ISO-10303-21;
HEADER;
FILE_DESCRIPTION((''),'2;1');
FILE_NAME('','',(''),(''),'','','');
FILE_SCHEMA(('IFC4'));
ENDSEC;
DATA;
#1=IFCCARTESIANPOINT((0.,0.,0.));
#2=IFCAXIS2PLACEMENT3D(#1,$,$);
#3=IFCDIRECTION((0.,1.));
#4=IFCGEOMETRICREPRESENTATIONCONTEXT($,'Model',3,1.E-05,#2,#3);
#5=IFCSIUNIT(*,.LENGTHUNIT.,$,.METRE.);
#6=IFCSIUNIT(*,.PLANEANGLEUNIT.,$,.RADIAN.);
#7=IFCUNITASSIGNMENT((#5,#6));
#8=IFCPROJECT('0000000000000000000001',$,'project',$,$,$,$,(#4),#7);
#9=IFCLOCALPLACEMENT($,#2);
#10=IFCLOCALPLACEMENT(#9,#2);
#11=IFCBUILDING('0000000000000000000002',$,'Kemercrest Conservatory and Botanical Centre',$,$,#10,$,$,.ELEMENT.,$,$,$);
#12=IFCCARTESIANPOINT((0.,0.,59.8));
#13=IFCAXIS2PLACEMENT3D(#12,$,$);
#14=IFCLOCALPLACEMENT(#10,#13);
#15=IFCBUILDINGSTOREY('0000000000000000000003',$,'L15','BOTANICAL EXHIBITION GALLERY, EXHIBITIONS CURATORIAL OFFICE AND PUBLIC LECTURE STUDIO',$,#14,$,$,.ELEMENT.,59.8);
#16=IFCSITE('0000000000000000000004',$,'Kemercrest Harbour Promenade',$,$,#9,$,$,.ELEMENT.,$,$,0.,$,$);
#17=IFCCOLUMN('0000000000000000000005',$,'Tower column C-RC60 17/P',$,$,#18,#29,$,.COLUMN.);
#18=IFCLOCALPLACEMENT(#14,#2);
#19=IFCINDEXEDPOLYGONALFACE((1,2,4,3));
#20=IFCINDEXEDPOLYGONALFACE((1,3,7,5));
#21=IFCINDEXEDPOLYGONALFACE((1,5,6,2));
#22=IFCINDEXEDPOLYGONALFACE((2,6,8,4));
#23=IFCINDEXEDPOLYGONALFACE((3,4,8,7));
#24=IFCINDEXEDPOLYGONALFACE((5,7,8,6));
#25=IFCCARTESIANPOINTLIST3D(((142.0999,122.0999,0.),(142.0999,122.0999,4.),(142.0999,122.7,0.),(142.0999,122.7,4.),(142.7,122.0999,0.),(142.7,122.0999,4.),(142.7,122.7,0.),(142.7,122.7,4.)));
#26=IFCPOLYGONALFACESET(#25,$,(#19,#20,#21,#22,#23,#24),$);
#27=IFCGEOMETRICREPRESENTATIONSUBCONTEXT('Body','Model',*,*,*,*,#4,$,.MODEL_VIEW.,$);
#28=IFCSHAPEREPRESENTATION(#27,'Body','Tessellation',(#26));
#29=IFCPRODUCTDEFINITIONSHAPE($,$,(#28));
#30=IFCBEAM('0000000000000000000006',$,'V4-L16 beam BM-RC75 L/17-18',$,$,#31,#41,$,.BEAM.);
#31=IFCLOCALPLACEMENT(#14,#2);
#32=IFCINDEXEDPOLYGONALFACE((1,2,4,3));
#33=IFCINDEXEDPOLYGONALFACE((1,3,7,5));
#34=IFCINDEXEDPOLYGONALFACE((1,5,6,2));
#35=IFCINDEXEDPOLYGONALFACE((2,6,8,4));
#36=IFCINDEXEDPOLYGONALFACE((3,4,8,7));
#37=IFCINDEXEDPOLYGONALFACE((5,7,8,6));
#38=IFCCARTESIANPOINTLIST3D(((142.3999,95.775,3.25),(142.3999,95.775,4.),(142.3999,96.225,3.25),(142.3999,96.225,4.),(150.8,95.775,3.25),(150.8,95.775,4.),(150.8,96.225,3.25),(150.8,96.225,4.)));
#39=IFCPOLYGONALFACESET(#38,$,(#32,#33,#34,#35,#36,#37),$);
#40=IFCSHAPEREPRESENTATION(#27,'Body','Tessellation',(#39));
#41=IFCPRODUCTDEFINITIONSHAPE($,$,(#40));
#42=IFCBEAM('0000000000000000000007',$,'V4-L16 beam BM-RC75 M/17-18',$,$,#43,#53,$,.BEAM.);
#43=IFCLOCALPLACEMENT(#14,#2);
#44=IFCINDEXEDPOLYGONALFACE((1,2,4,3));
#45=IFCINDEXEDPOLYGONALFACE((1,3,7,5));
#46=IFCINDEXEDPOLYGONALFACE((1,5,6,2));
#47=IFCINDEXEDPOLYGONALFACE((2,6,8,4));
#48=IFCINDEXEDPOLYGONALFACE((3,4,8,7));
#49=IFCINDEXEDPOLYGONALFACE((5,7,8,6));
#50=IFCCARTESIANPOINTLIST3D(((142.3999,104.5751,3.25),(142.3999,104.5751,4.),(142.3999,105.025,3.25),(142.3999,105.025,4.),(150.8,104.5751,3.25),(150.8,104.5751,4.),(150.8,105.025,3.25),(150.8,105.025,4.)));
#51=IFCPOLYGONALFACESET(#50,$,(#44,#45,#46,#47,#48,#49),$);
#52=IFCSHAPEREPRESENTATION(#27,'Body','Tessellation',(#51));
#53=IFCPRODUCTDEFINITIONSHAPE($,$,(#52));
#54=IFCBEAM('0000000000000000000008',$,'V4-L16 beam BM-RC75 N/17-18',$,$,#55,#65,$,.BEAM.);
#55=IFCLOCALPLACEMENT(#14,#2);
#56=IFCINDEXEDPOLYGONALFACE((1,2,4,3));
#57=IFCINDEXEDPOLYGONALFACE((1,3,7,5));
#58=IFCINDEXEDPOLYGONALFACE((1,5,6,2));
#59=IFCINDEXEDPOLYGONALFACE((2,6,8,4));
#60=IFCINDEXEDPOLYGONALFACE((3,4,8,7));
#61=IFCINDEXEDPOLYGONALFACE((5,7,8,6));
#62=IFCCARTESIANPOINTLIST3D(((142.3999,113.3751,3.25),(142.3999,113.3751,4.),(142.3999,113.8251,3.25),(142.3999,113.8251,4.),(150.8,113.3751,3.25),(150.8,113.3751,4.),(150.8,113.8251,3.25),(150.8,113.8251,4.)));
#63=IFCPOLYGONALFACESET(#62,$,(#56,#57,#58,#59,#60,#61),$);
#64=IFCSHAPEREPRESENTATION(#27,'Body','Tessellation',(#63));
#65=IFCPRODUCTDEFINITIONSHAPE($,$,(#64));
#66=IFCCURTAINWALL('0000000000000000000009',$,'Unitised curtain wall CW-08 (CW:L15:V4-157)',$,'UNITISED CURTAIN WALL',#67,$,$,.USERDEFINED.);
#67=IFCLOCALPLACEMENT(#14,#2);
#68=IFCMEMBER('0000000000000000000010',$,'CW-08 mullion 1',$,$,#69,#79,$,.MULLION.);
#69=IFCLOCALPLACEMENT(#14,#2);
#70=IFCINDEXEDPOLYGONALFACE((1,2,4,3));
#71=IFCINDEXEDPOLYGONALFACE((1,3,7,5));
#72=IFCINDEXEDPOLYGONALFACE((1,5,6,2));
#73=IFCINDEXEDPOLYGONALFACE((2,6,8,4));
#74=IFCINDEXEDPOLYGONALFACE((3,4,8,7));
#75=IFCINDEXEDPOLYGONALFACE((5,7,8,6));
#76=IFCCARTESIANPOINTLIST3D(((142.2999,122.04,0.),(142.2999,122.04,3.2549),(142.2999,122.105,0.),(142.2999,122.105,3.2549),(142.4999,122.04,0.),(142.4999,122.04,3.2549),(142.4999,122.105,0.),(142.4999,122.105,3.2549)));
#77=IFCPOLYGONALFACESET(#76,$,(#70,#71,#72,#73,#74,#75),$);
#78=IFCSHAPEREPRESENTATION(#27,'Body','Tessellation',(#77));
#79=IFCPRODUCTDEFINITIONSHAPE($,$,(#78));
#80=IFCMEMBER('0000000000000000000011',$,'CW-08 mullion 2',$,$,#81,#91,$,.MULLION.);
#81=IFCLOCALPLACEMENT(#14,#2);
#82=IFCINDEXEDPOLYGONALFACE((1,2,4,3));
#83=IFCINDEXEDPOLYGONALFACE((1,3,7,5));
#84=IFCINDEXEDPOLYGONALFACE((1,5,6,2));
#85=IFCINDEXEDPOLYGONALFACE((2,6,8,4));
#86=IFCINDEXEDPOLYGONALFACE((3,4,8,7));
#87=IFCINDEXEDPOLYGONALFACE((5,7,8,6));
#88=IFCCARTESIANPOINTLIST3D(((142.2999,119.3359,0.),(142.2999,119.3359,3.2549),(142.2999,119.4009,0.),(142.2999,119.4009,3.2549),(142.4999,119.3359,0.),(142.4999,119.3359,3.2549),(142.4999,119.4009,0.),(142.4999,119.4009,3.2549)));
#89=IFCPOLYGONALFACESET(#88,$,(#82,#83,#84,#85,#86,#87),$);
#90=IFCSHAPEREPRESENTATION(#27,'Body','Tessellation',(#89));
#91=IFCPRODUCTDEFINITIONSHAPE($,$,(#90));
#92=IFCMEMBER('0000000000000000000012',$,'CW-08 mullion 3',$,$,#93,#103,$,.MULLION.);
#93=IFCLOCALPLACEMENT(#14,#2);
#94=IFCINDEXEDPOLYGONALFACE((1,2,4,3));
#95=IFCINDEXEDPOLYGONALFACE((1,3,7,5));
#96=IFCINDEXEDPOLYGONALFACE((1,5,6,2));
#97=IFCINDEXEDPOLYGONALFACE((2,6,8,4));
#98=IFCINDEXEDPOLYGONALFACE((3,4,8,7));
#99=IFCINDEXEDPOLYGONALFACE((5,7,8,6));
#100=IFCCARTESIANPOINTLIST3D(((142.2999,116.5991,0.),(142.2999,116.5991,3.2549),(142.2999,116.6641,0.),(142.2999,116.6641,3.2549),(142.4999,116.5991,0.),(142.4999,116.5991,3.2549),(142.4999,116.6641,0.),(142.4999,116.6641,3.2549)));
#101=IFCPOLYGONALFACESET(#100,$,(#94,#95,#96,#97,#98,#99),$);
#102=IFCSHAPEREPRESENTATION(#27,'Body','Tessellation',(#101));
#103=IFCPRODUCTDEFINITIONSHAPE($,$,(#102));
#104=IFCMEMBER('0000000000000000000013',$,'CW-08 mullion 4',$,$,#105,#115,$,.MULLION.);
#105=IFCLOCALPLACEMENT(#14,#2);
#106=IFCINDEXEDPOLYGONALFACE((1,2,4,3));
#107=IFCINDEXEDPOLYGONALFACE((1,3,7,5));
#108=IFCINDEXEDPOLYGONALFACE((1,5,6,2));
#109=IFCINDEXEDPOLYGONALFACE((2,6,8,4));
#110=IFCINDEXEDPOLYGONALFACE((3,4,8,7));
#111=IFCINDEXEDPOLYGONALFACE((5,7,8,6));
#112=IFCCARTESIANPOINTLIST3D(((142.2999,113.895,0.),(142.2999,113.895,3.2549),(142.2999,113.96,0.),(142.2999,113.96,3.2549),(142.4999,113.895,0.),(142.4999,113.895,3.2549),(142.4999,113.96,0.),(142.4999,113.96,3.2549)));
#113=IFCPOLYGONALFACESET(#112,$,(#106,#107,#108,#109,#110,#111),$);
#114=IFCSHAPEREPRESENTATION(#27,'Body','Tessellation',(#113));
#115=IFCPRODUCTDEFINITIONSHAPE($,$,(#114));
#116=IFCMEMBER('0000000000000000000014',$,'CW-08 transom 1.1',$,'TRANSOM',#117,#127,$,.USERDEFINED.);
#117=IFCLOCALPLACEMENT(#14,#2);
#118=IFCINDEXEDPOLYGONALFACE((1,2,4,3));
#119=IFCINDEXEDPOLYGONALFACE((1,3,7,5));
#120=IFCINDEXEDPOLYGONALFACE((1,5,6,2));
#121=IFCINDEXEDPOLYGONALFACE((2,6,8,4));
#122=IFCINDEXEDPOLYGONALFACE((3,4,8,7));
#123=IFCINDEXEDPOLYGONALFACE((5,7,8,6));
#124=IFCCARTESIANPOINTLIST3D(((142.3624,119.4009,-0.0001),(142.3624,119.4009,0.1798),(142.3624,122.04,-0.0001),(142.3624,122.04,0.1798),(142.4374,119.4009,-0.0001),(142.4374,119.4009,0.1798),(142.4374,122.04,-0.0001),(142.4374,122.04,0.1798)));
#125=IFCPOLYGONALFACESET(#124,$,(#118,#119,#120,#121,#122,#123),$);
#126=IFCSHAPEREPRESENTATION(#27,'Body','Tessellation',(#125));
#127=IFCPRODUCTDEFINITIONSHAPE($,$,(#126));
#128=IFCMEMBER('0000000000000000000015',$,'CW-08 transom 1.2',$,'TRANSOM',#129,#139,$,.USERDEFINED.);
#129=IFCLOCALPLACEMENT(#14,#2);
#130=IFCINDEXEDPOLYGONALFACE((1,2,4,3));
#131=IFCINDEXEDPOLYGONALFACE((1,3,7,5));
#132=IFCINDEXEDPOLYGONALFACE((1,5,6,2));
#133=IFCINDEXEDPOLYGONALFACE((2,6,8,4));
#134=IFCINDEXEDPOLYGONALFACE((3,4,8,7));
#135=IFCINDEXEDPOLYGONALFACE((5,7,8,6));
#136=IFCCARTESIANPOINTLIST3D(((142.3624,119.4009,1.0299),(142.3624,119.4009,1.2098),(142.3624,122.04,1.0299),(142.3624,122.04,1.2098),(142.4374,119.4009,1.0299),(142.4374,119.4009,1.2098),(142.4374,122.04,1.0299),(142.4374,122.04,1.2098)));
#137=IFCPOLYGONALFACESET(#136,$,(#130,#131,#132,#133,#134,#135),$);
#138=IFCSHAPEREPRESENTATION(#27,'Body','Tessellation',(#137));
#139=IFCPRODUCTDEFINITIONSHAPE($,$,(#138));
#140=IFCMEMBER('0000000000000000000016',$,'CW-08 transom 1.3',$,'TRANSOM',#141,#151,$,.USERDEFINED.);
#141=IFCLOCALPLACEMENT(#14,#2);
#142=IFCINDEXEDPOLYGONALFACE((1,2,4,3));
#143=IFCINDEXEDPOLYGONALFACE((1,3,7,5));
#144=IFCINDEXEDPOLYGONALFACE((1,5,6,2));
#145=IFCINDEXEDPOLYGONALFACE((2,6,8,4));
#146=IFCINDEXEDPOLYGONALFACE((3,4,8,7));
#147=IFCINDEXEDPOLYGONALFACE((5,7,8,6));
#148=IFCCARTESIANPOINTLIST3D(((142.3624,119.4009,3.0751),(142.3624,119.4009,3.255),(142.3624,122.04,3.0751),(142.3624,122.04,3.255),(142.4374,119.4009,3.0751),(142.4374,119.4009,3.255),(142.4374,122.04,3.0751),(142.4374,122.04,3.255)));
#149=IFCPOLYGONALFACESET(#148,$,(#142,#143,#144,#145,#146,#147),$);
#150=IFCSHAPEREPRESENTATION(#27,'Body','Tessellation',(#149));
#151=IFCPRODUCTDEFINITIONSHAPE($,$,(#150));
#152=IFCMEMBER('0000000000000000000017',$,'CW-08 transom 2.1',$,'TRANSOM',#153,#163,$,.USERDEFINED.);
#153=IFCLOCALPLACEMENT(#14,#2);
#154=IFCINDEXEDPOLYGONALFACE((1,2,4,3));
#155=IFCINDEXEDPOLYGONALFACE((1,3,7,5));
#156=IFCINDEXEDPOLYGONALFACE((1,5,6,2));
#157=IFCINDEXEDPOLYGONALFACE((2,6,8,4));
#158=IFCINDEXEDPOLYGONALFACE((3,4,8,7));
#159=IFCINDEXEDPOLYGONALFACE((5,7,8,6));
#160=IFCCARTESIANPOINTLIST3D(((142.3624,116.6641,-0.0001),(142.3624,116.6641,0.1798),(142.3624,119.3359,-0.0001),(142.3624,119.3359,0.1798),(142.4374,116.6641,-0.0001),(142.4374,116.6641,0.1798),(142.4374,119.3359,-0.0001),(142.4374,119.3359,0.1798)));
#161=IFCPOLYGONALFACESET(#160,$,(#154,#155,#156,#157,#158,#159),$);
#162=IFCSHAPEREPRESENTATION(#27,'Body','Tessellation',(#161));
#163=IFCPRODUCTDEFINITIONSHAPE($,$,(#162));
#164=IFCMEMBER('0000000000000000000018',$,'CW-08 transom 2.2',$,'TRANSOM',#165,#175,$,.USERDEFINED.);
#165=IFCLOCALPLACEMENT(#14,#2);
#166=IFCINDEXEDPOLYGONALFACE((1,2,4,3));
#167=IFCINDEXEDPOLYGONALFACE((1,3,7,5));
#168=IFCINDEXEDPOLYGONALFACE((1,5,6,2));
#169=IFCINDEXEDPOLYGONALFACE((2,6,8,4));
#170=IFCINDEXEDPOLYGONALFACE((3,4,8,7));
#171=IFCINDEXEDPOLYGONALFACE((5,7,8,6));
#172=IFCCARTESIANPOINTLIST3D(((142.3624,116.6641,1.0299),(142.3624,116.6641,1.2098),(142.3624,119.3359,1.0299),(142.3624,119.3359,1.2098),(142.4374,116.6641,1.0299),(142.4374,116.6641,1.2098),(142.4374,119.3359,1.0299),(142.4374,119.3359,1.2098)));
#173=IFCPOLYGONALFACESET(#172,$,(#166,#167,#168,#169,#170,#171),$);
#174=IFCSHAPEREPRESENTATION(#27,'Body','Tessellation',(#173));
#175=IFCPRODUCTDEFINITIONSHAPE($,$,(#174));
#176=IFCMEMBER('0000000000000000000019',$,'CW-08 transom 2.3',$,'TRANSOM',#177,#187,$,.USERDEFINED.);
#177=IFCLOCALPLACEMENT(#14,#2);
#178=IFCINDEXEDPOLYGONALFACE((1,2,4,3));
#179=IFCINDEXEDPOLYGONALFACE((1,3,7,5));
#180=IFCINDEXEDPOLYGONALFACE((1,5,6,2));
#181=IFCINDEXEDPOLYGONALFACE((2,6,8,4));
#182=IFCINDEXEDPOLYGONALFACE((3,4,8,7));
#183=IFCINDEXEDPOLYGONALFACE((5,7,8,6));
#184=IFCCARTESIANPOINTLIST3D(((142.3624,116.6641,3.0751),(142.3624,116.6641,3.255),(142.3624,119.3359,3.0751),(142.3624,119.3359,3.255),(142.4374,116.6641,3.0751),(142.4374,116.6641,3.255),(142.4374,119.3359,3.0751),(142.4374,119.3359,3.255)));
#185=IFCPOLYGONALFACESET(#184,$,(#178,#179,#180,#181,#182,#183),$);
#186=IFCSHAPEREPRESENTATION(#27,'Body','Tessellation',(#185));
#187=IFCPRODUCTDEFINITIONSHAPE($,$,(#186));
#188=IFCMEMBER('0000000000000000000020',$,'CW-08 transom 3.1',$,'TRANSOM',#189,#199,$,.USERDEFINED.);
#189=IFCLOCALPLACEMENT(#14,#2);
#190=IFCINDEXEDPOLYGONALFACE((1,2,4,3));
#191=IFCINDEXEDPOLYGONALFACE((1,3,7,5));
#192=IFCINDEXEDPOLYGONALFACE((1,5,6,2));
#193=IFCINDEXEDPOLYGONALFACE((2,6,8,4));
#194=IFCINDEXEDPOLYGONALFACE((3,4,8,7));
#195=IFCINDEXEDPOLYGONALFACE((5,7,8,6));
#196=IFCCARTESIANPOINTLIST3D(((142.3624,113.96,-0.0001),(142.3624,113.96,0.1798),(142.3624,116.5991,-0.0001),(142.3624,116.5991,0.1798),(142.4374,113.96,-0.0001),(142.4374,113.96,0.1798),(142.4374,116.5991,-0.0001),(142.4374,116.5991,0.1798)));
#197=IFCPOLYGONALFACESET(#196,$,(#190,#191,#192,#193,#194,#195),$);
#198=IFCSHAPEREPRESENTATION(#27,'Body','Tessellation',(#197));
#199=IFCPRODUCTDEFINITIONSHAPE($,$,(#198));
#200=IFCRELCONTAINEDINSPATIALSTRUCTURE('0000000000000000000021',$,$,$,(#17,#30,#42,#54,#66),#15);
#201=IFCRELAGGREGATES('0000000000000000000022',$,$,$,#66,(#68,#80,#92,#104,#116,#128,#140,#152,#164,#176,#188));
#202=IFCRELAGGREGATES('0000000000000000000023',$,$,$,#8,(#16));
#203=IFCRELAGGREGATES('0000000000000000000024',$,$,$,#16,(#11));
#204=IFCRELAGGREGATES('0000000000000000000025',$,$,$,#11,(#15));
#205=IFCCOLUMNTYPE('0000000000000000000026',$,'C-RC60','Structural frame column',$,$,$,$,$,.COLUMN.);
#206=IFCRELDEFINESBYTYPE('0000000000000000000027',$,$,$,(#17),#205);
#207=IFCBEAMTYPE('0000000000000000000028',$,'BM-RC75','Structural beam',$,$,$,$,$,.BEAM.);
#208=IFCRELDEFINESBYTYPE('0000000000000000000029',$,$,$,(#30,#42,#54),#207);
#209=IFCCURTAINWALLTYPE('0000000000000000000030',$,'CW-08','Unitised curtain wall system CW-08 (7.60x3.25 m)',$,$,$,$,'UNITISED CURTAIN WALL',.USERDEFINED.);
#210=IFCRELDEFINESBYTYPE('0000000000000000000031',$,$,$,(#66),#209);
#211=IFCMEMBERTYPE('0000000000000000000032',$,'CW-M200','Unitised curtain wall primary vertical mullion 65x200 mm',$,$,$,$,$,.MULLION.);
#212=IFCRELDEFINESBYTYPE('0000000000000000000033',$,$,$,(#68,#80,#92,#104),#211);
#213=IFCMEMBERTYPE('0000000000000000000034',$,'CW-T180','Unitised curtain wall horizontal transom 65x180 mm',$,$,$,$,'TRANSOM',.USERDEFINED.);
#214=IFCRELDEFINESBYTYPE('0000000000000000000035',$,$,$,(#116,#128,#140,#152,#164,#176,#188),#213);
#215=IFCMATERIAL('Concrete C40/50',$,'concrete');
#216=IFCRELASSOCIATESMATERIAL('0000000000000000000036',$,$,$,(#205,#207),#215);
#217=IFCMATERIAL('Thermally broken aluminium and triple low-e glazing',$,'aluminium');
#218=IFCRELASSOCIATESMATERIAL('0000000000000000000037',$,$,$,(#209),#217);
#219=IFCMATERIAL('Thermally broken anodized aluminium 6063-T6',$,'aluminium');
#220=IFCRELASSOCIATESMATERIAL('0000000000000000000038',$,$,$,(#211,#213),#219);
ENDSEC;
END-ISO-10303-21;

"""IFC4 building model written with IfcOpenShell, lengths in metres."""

from ifc_helpers import new_model, si_unit, direction, frame, origin, origin_2d, place, context, subcontext, project, spatial, rectangle, extrude, material, material_profile, profile_set, type_object, element, aggregate, save


model = new_model("IFC4")

# Units and contexts
model_context = context("Model", 3, precision=1e-05, world=origin(), true_north=direction((0.0, 1.0)))
body_context = subcontext(model_context, "Body", "Model", "MODEL_VIEW")
ifc_project = project(units=[si_unit("LENGTHUNIT", "METRE"), si_unit("PLANEANGLEUNIT", "RADIAN")], contexts=[model_context])

# Site, building, storey
site_placement = place(None, origin())
site = spatial("IfcSite", under=ifc_project, at=site_placement, Name="Kemercrest Harbour Promenade", CompositionType="ELEMENT", RefElevation=0.0)
building_placement = place(site_placement, origin())
building = spatial("IfcBuilding", under=site, at=building_placement, Name="Kemercrest Conservatory and Botanical Centre", CompositionType="ELEMENT")
storey_placement = place(building_placement, frame((0.0, 0.0, 59.8)))
storey = spatial("IfcBuildingStorey", under=building, at=storey_placement, Name="L15", Description="BOTANICAL EXHIBITION GALLERY, EXHIBITIONS CURATORIAL OFFICE AND PUBLIC LECTURE STUDIO", CompositionType="ELEMENT", Elevation=59.8)

# Column
ifc_material_1 = material(Name="Concrete C40/50", Category="concrete")
ifc_material_profile_1 = material_profile(ifc_material_1, rectangle(XDim=0.6001, YDim=0.6001, at=origin_2d()), Name="RC 600x600")
ifc_profile_set_1 = profile_set([ifc_material_profile_1], Name="Concrete C40/50")
column_type = type_object("IfcColumnType", Name="C-RC60", Description="Structural frame column", PredefinedType="COLUMN", material=ifc_profile_set_1)
column_placement = place(storey_placement, frame((142.3999, 122.3999, 0.0), z_axis=(0.0, 0.0, 1.0), x_axis=(1.0, 0.0, 0.0)))
element("IfcColumn", 1, at=column_placement, inside=storey, type_object=column_type, Name="Tower column C-RC60 17/P", PredefinedType="COLUMN", context=body_context, shape_type="SweptSolid", body=[
    extrude(rectangle(XDim=0.6001, YDim=0.6001, at=origin_2d()), origin(), (0.0, 0.0, 1.0), 4.0),
])

# Beams
ifc_material_profile_2 = material_profile(ifc_material_1, rectangle(XDim=0.45, YDim=0.75, at=origin_2d()), Name="RC 450x750")
ifc_profile_set_2 = profile_set([ifc_material_profile_2], Name="Concrete C40/50")
beam_type_1 = type_object("IfcBeamType", Name="BM-RC75", Description="Structural beam", PredefinedType="BEAM", material=ifc_profile_set_2)
for number, where, z_axis, x_axis, name in (
    (2, (142.3999, 96.0, 3.625), (1.0, 0.0, 0.0), (0.0, 1.0, 0.0), "V4-L16 beam BM-RC75 L/17-18"),
    (3, (142.3999, 104.8, 3.625), (1.0, 0.0, 0.0), (0.0, 1.0, 0.0), "V4-L16 beam BM-RC75 M/17-18"),
    (4, (142.3999, 113.6001, 3.625), (1.0, 0.0, 0.0), (0.0, 1.0, 0.0), "V4-L16 beam BM-RC75 N/17-18"),
):
    element("IfcBeam", number, at=place(storey_placement, frame(where, z_axis=z_axis, x_axis=x_axis)), inside=storey, type_object=beam_type_1, Name=name, PredefinedType="BEAM", context=body_context, shape_type="SweptSolid", body=[
        extrude(rectangle(XDim=0.45, YDim=0.75, at=origin_2d()), origin(), (0.0, 0.0, 1.0), 8.4001),
    ])

# Curtain wall, members
ifc_material_2 = material(Name="Thermally broken aluminium and triple low-e glazing", Category="aluminium")
curtain_wall_type = type_object("IfcCurtainWallType", Name="CW-08", Description="Unitised curtain wall system CW-08 (7.60x3.25 m)", ElementType="UNITISED CURTAIN WALL", PredefinedType="USERDEFINED", material=ifc_material_2)
curtain_wall_placement = place(storey_placement, origin())
curtain_wall = element("IfcCurtainWall", 5, at=curtain_wall_placement, inside=storey, type_object=curtain_wall_type, Name="Unitised curtain wall CW-08 (CW:L15:V4-157)", ObjectType="UNITISED CURTAIN WALL", PredefinedType="USERDEFINED")
ifc_material_3 = material(Name="Thermally broken anodized aluminium 6063-T6", Category="aluminium")
ifc_material_profile_3 = material_profile(ifc_material_3, rectangle(XDim=0.2, YDim=0.0649, at=origin_2d()), Name="AL MULLION 65x200")
ifc_profile_set_3 = profile_set([ifc_material_profile_3], Name="Thermally broken anodized aluminium 6063-T6")
member_type_1 = type_object("IfcMemberType", Name="CW-M200", Description="Unitised curtain wall primary vertical mullion 65x200 mm", PredefinedType="MULLION", material=ifc_profile_set_3)
member_1_placement = place(storey_placement, frame((142.3999, 122.0725, 0.0), z_axis=(0.0, 0.0, 1.0), x_axis=(1.0, 0.0, 0.0)))
member_1 = element("IfcMember", 6, at=member_1_placement, type_object=member_type_1, Name="CW-08 mullion 1", PredefinedType="MULLION", context=body_context, shape_type="SweptSolid", body=[
    extrude(rectangle(XDim=0.2, YDim=0.0649, at=origin_2d()), origin(), (0.0, 0.0, 1.0), 3.2549),
])
member_2_placement = place(storey_placement, frame((142.3999, 119.3684, 0.0), z_axis=(0.0, 0.0, 1.0), x_axis=(1.0, 0.0, 0.0)))
member_2 = element("IfcMember", 7, at=member_2_placement, type_object=member_type_1, Name="CW-08 mullion 2", PredefinedType="MULLION", context=body_context, shape_type="SweptSolid", body=[
    extrude(rectangle(XDim=0.2, YDim=0.0649, at=origin_2d()), origin(), (0.0, 0.0, 1.0), 3.2549),
])
member_3_placement = place(storey_placement, frame((142.3999, 116.6316, 0.0), z_axis=(0.0, 0.0, 1.0), x_axis=(1.0, 0.0, 0.0)))
member_3 = element("IfcMember", 8, at=member_3_placement, type_object=member_type_1, Name="CW-08 mullion 3", PredefinedType="MULLION", context=body_context, shape_type="SweptSolid", body=[
    extrude(rectangle(XDim=0.2, YDim=0.0649, at=origin_2d()), origin(), (0.0, 0.0, 1.0), 3.2549),
])
member_4_placement = place(storey_placement, frame((142.3999, 113.9275, 0.0), z_axis=(0.0, 0.0, 1.0), x_axis=(1.0, 0.0, 0.0)))
member_4 = element("IfcMember", 9, at=member_4_placement, type_object=member_type_1, Name="CW-08 mullion 4", PredefinedType="MULLION", context=body_context, shape_type="SweptSolid", body=[
    extrude(rectangle(XDim=0.2, YDim=0.0649, at=origin_2d()), origin(), (0.0, 0.0, 1.0), 3.2549),
])
ifc_material_profile_4 = material_profile(ifc_material_3, rectangle(XDim=0.075, YDim=0.1799, at=origin_2d()), Name="AL TRANSOM 75x180")
ifc_profile_set_4 = profile_set([ifc_material_profile_4], Name="Thermally broken anodized aluminium 6063-T6")
member_type_2 = type_object("IfcMemberType", Name="CW-T180", Description="Unitised curtain wall horizontal transom 65x180 mm", ElementType="TRANSOM", PredefinedType="USERDEFINED", material=ifc_profile_set_4)
member_5_placement = place(storey_placement, frame((142.3999, 122.04, 0.0898), z_axis=(0.0, -1.0, 0.0), x_axis=(1.0, 0.0, 0.0)))
member_5 = element("IfcMember", 10, at=member_5_placement, type_object=member_type_2, Name="CW-08 transom 1.1", ObjectType="TRANSOM", PredefinedType="USERDEFINED", context=body_context, shape_type="SweptSolid", body=[
    extrude(rectangle(XDim=0.075, YDim=0.1799, at=origin_2d()), origin(), (0.0, 0.0, 1.0), 2.6392),
])
member_6_placement = place(storey_placement, frame((142.3999, 122.04, 1.1199), z_axis=(0.0, -1.0, 0.0), x_axis=(1.0, 0.0, 0.0)))
member_6 = element("IfcMember", 11, at=member_6_placement, type_object=member_type_2, Name="CW-08 transom 1.2", ObjectType="TRANSOM", PredefinedType="USERDEFINED", context=body_context, shape_type="SweptSolid", body=[
    extrude(rectangle(XDim=0.075, YDim=0.1799, at=origin_2d()), origin(), (0.0, 0.0, 1.0), 2.6392),
])
member_7_placement = place(storey_placement, frame((142.3999, 122.04, 3.165), z_axis=(0.0, -1.0, 0.0), x_axis=(1.0, 0.0, 0.0)))
member_7 = element("IfcMember", 12, at=member_7_placement, type_object=member_type_2, Name="CW-08 transom 1.3", ObjectType="TRANSOM", PredefinedType="USERDEFINED", context=body_context, shape_type="SweptSolid", body=[
    extrude(rectangle(XDim=0.075, YDim=0.1799, at=origin_2d()), origin(), (0.0, 0.0, 1.0), 2.6392),
])
member_8_placement = place(storey_placement, frame((142.3999, 119.3359, 0.0898), z_axis=(0.0, -1.0, 0.0), x_axis=(1.0, 0.0, 0.0)))
member_8 = element("IfcMember", 13, at=member_8_placement, type_object=member_type_2, Name="CW-08 transom 2.1", ObjectType="TRANSOM", PredefinedType="USERDEFINED", context=body_context, shape_type="SweptSolid", body=[
    extrude(rectangle(XDim=0.075, YDim=0.1799, at=origin_2d()), origin(), (0.0, 0.0, 1.0), 2.6719),
])
member_9_placement = place(storey_placement, frame((142.3999, 119.3359, 1.1199), z_axis=(0.0, -1.0, 0.0), x_axis=(1.0, 0.0, 0.0)))
member_9 = element("IfcMember", 14, at=member_9_placement, type_object=member_type_2, Name="CW-08 transom 2.2", ObjectType="TRANSOM", PredefinedType="USERDEFINED", context=body_context, shape_type="SweptSolid", body=[
    extrude(rectangle(XDim=0.075, YDim=0.1799, at=origin_2d()), origin(), (0.0, 0.0, 1.0), 2.6719),
])
member_10_placement = place(storey_placement, frame((142.3999, 119.3359, 3.165), z_axis=(0.0, -1.0, 0.0), x_axis=(1.0, 0.0, 0.0)))
member_10 = element("IfcMember", 15, at=member_10_placement, type_object=member_type_2, Name="CW-08 transom 2.3", ObjectType="TRANSOM", PredefinedType="USERDEFINED", context=body_context, shape_type="SweptSolid", body=[
    extrude(rectangle(XDim=0.075, YDim=0.1799, at=origin_2d()), origin(), (0.0, 0.0, 1.0), 2.6719),
])
member_11_placement = place(storey_placement, frame((142.3999, 116.5991, 0.0898), z_axis=(0.0, -1.0, 0.0), x_axis=(1.0, 0.0, 0.0)))
member_11 = element("IfcMember", 16, at=member_11_placement, type_object=member_type_2, Name="CW-08 transom 3.1", ObjectType="TRANSOM", PredefinedType="USERDEFINED", context=body_context, shape_type="SweptSolid", body=[
    extrude(rectangle(XDim=0.075, YDim=0.1799, at=origin_2d()), origin(), (0.0, 0.0, 1.0), 2.6392),
])

aggregate(curtain_wall, [member_1, member_2, member_3, member_4, member_5, member_6, member_7, member_8, member_9, member_10, member_11])

save(model, "model.ifc")
